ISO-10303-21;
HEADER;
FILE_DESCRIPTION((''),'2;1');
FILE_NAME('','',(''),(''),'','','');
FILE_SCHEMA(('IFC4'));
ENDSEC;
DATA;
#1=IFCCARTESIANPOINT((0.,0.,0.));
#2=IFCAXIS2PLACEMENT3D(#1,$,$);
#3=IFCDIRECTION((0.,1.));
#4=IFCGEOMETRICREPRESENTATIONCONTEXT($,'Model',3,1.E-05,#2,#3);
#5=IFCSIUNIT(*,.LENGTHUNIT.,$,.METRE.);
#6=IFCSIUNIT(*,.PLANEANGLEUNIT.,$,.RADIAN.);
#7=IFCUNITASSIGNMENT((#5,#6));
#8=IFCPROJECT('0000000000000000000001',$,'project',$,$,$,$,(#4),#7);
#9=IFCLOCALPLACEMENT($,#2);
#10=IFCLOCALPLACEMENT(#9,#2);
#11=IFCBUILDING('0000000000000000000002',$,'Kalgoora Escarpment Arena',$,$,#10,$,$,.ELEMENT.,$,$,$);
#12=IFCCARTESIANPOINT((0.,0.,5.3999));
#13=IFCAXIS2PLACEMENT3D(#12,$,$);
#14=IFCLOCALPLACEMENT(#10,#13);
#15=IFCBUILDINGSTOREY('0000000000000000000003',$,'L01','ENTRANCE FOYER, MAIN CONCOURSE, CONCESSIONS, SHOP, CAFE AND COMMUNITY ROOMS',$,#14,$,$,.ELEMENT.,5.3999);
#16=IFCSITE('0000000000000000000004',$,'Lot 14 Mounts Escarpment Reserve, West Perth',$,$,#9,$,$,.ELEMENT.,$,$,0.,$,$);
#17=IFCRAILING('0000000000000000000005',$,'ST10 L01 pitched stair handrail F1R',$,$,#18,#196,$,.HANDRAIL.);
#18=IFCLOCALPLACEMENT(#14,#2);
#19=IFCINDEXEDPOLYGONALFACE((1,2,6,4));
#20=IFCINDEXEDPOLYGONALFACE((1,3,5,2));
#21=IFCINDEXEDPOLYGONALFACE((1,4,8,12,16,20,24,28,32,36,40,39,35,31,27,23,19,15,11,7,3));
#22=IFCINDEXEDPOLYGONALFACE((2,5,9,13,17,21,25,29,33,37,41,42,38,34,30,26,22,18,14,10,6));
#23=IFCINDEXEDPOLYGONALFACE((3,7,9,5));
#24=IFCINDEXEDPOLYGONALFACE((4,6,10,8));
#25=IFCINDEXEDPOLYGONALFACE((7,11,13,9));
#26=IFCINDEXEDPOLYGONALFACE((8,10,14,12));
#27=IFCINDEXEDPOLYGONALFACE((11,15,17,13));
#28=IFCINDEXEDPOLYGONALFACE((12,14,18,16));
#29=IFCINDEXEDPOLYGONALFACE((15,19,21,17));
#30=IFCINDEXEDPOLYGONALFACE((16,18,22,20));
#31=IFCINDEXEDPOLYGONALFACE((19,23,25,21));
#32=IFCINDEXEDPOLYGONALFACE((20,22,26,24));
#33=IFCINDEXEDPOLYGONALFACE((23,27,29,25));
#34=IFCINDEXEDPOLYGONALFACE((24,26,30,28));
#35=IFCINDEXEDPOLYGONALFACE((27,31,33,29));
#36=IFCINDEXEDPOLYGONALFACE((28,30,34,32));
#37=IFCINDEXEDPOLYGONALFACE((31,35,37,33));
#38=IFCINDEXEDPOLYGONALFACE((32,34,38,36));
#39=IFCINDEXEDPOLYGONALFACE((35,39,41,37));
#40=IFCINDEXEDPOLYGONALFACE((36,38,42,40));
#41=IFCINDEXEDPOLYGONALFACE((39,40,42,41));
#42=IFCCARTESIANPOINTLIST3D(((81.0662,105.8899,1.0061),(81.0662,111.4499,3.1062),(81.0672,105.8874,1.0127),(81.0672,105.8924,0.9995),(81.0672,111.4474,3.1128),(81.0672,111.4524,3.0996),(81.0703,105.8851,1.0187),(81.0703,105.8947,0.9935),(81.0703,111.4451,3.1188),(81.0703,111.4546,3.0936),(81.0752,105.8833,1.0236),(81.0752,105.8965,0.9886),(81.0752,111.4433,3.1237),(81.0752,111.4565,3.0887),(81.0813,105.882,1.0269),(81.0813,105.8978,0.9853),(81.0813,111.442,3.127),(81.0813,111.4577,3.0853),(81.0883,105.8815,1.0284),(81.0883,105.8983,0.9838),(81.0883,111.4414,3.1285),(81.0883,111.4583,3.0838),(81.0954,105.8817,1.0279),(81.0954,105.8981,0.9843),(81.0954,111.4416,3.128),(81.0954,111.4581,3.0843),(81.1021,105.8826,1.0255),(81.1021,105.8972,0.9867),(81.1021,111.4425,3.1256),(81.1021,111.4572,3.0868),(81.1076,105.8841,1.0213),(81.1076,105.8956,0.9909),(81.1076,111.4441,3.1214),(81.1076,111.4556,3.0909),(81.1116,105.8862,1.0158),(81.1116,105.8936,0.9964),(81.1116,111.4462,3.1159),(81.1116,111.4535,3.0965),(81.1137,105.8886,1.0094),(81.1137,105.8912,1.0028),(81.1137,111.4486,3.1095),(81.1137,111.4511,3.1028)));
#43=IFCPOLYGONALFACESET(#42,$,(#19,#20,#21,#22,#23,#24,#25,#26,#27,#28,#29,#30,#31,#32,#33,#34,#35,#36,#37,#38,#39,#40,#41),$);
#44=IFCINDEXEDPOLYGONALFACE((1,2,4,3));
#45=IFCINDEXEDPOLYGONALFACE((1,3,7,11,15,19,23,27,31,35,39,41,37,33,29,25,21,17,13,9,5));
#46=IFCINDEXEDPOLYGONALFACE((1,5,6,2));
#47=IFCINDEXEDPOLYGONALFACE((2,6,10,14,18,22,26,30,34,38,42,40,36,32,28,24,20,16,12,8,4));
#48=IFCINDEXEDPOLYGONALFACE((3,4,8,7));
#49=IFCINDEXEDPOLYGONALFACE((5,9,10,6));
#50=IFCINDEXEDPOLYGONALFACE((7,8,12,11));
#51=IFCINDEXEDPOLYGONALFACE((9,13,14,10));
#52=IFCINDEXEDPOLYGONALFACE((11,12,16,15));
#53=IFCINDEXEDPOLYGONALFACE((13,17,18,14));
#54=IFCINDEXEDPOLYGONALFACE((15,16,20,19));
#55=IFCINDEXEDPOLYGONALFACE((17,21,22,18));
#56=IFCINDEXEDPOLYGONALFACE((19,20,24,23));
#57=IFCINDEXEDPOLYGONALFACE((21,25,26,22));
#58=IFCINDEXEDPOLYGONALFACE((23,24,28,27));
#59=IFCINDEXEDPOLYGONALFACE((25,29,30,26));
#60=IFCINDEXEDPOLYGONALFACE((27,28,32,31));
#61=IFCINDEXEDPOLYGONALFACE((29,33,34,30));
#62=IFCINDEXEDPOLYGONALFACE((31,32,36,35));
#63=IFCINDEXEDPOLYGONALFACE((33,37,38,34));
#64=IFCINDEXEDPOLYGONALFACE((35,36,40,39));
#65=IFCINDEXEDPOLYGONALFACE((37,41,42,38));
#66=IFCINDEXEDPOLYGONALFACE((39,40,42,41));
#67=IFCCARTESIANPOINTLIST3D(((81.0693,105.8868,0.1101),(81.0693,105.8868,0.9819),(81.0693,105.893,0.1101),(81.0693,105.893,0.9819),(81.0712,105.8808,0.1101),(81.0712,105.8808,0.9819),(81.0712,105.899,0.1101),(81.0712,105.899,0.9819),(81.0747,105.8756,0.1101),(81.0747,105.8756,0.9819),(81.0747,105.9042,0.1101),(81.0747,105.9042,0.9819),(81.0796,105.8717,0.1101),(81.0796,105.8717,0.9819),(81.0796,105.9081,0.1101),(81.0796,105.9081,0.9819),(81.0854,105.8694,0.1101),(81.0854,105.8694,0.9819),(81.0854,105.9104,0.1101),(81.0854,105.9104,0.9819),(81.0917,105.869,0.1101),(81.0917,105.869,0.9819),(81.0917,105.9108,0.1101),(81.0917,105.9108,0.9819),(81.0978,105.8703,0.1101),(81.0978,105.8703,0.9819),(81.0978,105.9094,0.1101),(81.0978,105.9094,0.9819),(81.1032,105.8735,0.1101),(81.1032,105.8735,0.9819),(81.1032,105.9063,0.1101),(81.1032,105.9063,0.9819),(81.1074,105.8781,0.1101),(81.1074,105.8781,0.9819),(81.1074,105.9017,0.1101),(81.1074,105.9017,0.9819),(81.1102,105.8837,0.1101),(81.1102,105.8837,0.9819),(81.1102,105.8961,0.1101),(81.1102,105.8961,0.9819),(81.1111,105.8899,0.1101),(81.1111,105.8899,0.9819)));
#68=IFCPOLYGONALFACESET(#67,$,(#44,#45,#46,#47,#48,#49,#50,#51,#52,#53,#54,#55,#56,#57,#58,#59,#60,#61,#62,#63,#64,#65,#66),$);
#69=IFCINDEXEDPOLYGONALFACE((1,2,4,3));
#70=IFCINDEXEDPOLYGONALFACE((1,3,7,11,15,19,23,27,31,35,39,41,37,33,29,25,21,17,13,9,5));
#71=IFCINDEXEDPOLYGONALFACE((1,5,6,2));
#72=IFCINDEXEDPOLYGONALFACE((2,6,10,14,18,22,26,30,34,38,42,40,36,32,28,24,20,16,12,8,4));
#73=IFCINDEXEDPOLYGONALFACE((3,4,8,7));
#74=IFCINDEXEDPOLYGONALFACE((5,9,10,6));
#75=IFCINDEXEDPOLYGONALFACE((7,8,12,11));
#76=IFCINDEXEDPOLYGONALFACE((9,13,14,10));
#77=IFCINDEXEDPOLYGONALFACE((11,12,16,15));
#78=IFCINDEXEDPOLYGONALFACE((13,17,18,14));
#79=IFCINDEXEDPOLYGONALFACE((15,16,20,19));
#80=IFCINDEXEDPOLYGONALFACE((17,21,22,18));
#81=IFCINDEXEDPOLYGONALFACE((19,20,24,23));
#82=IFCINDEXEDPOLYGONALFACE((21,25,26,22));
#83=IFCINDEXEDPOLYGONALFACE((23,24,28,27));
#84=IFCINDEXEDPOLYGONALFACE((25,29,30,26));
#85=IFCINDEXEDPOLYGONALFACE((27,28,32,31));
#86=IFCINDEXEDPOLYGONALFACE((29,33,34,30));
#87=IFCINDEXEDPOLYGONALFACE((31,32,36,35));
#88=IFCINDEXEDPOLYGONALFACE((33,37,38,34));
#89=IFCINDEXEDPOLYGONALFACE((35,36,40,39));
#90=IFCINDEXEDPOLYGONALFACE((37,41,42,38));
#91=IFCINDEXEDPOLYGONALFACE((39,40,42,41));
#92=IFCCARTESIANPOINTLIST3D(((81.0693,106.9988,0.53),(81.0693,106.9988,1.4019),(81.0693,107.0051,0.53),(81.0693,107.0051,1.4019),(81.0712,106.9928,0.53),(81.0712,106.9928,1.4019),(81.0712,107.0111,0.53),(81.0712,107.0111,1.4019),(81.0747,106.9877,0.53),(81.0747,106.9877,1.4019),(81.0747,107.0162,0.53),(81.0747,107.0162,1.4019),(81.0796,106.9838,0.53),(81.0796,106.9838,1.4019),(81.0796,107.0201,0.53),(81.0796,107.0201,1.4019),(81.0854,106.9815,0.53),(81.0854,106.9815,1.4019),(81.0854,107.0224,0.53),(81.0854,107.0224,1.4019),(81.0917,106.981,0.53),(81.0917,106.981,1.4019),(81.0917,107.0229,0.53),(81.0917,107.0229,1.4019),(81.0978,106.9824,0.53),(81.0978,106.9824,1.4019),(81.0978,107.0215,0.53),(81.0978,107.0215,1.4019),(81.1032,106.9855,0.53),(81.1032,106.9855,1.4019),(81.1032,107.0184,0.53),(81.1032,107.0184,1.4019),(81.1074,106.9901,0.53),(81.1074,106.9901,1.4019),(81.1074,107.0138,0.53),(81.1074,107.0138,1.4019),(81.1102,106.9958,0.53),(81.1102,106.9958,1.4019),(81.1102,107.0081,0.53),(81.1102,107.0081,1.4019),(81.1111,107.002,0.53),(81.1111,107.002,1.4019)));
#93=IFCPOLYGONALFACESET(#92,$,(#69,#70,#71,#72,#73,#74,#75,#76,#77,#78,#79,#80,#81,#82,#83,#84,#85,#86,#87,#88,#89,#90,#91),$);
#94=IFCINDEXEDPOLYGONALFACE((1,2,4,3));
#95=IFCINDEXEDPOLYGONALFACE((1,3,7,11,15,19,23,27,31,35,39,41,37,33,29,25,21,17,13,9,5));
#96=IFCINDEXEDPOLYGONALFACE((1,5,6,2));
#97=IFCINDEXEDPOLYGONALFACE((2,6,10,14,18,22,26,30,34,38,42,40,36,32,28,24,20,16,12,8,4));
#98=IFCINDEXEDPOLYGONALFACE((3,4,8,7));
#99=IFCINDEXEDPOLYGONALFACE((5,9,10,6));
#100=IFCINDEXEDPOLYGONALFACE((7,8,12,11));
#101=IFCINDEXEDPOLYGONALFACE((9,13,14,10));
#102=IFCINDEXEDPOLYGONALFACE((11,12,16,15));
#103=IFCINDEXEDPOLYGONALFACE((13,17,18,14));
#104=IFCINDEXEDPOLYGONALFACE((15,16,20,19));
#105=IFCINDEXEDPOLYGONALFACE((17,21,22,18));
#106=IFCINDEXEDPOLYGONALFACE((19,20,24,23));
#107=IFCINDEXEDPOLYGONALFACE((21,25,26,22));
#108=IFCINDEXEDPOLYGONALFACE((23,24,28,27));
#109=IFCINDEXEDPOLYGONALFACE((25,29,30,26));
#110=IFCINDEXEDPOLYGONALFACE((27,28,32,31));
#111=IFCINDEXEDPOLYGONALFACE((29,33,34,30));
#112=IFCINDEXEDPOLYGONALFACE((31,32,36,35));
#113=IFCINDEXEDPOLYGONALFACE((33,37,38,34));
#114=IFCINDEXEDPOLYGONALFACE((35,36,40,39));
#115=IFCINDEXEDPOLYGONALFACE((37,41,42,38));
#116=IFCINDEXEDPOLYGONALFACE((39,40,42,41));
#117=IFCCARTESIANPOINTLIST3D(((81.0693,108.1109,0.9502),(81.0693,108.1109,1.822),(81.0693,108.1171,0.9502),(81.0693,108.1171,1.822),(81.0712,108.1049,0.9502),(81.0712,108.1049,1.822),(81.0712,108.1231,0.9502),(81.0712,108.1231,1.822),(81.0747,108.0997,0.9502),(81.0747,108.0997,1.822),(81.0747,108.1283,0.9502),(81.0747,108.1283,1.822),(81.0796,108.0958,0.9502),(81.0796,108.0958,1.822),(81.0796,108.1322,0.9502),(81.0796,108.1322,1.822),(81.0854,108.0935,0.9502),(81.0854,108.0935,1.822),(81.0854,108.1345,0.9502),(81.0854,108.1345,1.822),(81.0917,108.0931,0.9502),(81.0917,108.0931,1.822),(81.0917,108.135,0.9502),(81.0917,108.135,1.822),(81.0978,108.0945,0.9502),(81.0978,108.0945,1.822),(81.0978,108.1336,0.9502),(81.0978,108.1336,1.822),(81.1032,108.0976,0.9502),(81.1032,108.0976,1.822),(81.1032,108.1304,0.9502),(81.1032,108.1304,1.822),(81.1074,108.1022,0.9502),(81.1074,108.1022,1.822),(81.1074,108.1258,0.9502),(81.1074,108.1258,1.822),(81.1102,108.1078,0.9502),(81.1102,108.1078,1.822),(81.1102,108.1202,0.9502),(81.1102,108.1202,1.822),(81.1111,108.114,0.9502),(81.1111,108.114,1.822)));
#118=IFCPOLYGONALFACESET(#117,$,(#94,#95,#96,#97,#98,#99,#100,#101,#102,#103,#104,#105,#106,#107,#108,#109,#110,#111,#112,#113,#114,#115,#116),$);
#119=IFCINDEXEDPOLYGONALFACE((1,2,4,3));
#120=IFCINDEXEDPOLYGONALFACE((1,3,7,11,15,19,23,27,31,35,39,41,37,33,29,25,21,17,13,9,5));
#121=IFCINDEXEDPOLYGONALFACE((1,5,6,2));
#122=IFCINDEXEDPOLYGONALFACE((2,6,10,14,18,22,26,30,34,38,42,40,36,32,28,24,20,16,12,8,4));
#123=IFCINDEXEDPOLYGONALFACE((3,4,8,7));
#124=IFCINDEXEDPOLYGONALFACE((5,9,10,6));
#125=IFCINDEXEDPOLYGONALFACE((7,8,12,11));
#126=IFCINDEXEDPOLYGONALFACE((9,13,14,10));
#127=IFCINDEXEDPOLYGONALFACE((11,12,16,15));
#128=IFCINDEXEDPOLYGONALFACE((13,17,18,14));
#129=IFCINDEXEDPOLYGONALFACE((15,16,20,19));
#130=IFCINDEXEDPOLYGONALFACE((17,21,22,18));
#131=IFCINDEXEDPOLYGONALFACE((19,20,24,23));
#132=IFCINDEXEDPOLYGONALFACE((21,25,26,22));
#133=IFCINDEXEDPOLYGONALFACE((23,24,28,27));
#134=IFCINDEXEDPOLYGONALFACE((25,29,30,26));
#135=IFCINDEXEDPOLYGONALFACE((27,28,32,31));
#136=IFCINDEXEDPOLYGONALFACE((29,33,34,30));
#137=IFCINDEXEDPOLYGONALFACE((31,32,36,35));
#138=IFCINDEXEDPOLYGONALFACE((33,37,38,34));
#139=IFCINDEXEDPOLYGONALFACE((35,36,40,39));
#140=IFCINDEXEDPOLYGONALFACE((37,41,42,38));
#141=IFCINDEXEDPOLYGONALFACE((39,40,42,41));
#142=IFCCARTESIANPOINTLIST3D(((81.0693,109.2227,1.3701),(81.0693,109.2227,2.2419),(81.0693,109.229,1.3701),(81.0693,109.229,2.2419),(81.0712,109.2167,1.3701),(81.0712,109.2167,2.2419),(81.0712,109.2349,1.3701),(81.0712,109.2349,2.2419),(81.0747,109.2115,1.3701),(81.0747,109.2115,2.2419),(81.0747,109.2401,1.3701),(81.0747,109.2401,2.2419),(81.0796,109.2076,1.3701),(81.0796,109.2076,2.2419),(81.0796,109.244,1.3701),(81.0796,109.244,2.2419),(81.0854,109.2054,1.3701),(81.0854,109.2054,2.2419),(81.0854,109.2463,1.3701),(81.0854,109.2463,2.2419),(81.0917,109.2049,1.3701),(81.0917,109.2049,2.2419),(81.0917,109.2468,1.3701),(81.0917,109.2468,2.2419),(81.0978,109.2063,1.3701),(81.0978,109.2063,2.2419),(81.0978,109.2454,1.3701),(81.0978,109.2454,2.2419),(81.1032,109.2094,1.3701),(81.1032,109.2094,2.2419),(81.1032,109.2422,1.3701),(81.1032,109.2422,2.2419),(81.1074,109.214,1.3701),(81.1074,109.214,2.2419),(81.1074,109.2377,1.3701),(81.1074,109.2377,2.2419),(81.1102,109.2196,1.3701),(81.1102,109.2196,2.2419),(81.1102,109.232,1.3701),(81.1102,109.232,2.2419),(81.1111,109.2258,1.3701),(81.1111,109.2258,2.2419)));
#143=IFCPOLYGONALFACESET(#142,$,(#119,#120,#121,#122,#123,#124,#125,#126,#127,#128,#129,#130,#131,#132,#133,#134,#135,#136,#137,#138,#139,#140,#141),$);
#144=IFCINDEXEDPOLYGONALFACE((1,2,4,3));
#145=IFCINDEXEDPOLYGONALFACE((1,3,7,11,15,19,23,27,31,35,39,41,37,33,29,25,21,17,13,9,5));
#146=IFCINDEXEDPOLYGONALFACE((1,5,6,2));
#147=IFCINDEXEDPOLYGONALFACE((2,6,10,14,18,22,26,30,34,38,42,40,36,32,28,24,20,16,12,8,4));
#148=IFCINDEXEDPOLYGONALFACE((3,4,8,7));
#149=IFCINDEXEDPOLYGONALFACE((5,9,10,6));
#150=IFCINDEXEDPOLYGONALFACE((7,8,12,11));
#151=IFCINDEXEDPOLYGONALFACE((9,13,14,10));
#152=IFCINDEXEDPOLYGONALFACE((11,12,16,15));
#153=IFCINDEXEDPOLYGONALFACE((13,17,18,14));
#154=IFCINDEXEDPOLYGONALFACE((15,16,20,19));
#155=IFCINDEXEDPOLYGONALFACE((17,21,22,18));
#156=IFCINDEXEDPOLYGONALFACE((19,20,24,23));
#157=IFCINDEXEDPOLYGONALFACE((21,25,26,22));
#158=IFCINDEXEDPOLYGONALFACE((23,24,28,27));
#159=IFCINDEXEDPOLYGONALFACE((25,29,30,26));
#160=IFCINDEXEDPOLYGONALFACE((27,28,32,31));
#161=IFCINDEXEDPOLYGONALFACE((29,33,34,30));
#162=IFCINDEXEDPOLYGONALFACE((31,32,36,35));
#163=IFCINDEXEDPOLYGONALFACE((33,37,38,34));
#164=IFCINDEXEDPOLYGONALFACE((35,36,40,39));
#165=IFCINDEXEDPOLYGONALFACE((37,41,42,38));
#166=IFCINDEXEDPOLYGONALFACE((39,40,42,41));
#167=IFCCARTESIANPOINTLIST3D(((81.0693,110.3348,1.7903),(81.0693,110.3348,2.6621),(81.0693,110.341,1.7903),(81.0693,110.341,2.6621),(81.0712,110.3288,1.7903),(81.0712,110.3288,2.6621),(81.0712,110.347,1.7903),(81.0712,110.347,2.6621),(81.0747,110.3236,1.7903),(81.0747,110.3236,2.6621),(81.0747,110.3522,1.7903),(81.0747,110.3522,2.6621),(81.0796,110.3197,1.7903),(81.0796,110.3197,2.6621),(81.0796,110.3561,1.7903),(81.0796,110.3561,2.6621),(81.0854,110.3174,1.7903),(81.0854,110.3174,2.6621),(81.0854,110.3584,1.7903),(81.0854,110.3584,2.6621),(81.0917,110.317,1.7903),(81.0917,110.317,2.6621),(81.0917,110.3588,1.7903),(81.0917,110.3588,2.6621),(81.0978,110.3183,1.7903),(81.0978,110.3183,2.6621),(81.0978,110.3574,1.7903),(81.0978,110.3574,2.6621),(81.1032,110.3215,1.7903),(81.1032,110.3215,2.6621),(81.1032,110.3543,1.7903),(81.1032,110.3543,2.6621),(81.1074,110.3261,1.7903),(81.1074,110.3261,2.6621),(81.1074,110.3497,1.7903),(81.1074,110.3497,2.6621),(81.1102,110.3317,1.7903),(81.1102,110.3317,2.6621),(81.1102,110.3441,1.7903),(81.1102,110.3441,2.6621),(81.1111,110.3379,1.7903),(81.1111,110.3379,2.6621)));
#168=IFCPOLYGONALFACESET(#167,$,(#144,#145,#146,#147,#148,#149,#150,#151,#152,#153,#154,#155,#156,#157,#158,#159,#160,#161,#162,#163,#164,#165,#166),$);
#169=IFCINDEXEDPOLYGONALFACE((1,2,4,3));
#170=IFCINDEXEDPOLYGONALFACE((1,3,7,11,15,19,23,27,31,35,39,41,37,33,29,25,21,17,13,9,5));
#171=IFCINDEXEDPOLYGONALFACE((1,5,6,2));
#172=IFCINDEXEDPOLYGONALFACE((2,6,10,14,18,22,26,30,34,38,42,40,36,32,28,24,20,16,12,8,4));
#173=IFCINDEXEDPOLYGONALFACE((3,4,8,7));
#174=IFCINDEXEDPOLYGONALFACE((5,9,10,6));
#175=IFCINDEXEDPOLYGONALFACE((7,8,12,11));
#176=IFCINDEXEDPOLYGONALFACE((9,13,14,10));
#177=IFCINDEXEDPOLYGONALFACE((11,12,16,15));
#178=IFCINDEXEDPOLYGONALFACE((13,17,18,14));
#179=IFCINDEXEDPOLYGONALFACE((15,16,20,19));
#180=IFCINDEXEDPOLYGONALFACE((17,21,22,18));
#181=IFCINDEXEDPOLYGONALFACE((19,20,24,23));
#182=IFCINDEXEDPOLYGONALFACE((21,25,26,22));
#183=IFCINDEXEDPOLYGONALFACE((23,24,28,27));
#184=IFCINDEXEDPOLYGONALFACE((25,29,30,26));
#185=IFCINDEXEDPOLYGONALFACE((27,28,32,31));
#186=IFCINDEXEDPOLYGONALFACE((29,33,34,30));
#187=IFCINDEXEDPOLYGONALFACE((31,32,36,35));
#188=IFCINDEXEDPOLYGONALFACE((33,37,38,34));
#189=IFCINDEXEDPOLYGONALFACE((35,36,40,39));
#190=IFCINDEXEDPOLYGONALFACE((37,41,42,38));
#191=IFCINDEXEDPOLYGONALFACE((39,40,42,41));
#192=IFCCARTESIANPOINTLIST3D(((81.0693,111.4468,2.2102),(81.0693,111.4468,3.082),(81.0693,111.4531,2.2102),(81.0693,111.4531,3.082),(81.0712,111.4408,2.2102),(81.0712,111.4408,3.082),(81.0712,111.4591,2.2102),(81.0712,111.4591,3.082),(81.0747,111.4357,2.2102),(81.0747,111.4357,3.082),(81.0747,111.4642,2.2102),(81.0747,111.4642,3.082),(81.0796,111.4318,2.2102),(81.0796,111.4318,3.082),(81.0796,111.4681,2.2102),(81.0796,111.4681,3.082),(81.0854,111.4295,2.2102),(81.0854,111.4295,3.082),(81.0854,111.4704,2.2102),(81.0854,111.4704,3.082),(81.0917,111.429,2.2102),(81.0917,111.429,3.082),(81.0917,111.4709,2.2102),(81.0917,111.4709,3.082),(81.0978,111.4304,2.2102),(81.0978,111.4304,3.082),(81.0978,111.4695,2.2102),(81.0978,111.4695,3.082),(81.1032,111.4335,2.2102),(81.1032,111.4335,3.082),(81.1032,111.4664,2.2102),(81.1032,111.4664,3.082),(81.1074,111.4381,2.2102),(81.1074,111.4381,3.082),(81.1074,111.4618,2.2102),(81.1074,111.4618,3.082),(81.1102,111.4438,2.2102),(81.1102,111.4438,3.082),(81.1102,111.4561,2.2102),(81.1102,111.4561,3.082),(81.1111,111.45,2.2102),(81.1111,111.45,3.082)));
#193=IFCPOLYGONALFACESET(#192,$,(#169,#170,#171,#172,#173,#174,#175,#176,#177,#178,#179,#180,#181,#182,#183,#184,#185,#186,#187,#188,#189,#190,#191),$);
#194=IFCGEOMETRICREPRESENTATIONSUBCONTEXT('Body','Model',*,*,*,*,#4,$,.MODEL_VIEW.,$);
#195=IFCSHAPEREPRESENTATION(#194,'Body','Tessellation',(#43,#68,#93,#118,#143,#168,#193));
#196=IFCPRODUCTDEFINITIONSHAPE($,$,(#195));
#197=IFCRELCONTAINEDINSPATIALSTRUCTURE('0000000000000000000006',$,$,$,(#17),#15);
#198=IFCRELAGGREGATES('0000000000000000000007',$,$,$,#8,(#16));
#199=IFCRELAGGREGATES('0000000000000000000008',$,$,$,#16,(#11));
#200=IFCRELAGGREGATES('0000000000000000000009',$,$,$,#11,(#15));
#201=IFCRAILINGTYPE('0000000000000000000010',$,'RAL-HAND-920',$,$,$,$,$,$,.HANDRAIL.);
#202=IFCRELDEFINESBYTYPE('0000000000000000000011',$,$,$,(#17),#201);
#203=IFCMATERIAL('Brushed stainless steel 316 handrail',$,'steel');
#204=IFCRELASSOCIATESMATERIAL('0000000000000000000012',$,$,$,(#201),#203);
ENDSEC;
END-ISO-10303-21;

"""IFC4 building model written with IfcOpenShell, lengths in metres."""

from ifc_helpers import new_model, si_unit, direction, frame, origin, origin_2d, place, context, subcontext, project, spatial, circle, extrude, material, type_object, element, save


model = new_model("IFC4")

# Units and contexts
model_context = context("Model", 3, precision=1e-05, world=origin(), true_north=direction((0.0, 1.0)))
body_context = subcontext(model_context, "Body", "Model", "MODEL_VIEW")
ifc_project = project(units=[si_unit("LENGTHUNIT", "METRE"), si_unit("PLANEANGLEUNIT", "RADIAN")], contexts=[model_context])

# Site, building, storey
site_placement = place(None, origin())
site = spatial("IfcSite", under=ifc_project, at=site_placement, Name="Lot 14 Mounts Escarpment Reserve, West Perth", CompositionType="ELEMENT", RefElevation=0.0)
building_placement = place(site_placement, origin())
building = spatial("IfcBuilding", under=site, at=building_placement, Name="Kalgoora Escarpment Arena", CompositionType="ELEMENT")
storey_placement = place(building_placement, frame((0.0, 0.0, 5.3999)))
storey = spatial("IfcBuildingStorey", under=building, at=storey_placement, Name="L01", Description="ENTRANCE FOYER, MAIN CONCOURSE, CONCESSIONS, SHOP, CAFE AND COMMUNITY ROOMS", CompositionType="ELEMENT", Elevation=5.3999)

# Railing
ifc_material_1 = material(Name="Brushed stainless steel 316 handrail", Category="steel")
railing_type_1 = type_object("IfcRailingType", Name="RAL-HAND-920", PredefinedType="HANDRAIL", material=ifc_material_1)
for number, where, name in (
    (1, (81.0901, 105.8899, 0.1101), "ST10 L01 pitched stair handrail F1R"),
):
    element("IfcRailing", number, at=place(storey_placement, frame(where)), inside=storey, type_object=railing_type_1, Name=name, PredefinedType="HANDRAIL", context=body_context, shape_type="SweptSolid", body=[
        extrude(circle(Radius=0.0239, at=origin_2d()), frame((0.0, 0.0, 0.896), z_axis=(0.0, 0.935493, 0.353346), x_axis=(-1.0, 0.0, 0.0)), (0.0, 0.0, 1.0), 5.9434),
        extrude(circle(Radius=0.021, at=origin_2d()), origin(), (0.0, 0.0, 1.0), 0.8718),
        extrude(circle(Radius=0.021, at=origin_2d()), frame((0.0, 1.1121, 0.4199)), (0.0, 0.0, 1.0), 0.8718),
        extrude(circle(Radius=0.021, at=origin_2d()), frame((0.0, 2.2241, 0.8401)), (0.0, 0.0, 1.0), 0.8718),
        extrude(circle(Radius=0.021, at=origin_2d()), frame((0.0, 3.3359, 1.26)), (0.0, 0.0, 1.0), 0.8718),
        extrude(circle(Radius=0.021, at=origin_2d()), frame((0.0, 4.448, 1.6802)), (0.0, 0.0, 1.0), 0.8718),
        extrude(circle(Radius=0.021, at=origin_2d()), frame((0.0, 5.5601, 2.1001)), (0.0, 0.0, 1.0), 0.8718),
    ])

save(model, "model.ifc")
